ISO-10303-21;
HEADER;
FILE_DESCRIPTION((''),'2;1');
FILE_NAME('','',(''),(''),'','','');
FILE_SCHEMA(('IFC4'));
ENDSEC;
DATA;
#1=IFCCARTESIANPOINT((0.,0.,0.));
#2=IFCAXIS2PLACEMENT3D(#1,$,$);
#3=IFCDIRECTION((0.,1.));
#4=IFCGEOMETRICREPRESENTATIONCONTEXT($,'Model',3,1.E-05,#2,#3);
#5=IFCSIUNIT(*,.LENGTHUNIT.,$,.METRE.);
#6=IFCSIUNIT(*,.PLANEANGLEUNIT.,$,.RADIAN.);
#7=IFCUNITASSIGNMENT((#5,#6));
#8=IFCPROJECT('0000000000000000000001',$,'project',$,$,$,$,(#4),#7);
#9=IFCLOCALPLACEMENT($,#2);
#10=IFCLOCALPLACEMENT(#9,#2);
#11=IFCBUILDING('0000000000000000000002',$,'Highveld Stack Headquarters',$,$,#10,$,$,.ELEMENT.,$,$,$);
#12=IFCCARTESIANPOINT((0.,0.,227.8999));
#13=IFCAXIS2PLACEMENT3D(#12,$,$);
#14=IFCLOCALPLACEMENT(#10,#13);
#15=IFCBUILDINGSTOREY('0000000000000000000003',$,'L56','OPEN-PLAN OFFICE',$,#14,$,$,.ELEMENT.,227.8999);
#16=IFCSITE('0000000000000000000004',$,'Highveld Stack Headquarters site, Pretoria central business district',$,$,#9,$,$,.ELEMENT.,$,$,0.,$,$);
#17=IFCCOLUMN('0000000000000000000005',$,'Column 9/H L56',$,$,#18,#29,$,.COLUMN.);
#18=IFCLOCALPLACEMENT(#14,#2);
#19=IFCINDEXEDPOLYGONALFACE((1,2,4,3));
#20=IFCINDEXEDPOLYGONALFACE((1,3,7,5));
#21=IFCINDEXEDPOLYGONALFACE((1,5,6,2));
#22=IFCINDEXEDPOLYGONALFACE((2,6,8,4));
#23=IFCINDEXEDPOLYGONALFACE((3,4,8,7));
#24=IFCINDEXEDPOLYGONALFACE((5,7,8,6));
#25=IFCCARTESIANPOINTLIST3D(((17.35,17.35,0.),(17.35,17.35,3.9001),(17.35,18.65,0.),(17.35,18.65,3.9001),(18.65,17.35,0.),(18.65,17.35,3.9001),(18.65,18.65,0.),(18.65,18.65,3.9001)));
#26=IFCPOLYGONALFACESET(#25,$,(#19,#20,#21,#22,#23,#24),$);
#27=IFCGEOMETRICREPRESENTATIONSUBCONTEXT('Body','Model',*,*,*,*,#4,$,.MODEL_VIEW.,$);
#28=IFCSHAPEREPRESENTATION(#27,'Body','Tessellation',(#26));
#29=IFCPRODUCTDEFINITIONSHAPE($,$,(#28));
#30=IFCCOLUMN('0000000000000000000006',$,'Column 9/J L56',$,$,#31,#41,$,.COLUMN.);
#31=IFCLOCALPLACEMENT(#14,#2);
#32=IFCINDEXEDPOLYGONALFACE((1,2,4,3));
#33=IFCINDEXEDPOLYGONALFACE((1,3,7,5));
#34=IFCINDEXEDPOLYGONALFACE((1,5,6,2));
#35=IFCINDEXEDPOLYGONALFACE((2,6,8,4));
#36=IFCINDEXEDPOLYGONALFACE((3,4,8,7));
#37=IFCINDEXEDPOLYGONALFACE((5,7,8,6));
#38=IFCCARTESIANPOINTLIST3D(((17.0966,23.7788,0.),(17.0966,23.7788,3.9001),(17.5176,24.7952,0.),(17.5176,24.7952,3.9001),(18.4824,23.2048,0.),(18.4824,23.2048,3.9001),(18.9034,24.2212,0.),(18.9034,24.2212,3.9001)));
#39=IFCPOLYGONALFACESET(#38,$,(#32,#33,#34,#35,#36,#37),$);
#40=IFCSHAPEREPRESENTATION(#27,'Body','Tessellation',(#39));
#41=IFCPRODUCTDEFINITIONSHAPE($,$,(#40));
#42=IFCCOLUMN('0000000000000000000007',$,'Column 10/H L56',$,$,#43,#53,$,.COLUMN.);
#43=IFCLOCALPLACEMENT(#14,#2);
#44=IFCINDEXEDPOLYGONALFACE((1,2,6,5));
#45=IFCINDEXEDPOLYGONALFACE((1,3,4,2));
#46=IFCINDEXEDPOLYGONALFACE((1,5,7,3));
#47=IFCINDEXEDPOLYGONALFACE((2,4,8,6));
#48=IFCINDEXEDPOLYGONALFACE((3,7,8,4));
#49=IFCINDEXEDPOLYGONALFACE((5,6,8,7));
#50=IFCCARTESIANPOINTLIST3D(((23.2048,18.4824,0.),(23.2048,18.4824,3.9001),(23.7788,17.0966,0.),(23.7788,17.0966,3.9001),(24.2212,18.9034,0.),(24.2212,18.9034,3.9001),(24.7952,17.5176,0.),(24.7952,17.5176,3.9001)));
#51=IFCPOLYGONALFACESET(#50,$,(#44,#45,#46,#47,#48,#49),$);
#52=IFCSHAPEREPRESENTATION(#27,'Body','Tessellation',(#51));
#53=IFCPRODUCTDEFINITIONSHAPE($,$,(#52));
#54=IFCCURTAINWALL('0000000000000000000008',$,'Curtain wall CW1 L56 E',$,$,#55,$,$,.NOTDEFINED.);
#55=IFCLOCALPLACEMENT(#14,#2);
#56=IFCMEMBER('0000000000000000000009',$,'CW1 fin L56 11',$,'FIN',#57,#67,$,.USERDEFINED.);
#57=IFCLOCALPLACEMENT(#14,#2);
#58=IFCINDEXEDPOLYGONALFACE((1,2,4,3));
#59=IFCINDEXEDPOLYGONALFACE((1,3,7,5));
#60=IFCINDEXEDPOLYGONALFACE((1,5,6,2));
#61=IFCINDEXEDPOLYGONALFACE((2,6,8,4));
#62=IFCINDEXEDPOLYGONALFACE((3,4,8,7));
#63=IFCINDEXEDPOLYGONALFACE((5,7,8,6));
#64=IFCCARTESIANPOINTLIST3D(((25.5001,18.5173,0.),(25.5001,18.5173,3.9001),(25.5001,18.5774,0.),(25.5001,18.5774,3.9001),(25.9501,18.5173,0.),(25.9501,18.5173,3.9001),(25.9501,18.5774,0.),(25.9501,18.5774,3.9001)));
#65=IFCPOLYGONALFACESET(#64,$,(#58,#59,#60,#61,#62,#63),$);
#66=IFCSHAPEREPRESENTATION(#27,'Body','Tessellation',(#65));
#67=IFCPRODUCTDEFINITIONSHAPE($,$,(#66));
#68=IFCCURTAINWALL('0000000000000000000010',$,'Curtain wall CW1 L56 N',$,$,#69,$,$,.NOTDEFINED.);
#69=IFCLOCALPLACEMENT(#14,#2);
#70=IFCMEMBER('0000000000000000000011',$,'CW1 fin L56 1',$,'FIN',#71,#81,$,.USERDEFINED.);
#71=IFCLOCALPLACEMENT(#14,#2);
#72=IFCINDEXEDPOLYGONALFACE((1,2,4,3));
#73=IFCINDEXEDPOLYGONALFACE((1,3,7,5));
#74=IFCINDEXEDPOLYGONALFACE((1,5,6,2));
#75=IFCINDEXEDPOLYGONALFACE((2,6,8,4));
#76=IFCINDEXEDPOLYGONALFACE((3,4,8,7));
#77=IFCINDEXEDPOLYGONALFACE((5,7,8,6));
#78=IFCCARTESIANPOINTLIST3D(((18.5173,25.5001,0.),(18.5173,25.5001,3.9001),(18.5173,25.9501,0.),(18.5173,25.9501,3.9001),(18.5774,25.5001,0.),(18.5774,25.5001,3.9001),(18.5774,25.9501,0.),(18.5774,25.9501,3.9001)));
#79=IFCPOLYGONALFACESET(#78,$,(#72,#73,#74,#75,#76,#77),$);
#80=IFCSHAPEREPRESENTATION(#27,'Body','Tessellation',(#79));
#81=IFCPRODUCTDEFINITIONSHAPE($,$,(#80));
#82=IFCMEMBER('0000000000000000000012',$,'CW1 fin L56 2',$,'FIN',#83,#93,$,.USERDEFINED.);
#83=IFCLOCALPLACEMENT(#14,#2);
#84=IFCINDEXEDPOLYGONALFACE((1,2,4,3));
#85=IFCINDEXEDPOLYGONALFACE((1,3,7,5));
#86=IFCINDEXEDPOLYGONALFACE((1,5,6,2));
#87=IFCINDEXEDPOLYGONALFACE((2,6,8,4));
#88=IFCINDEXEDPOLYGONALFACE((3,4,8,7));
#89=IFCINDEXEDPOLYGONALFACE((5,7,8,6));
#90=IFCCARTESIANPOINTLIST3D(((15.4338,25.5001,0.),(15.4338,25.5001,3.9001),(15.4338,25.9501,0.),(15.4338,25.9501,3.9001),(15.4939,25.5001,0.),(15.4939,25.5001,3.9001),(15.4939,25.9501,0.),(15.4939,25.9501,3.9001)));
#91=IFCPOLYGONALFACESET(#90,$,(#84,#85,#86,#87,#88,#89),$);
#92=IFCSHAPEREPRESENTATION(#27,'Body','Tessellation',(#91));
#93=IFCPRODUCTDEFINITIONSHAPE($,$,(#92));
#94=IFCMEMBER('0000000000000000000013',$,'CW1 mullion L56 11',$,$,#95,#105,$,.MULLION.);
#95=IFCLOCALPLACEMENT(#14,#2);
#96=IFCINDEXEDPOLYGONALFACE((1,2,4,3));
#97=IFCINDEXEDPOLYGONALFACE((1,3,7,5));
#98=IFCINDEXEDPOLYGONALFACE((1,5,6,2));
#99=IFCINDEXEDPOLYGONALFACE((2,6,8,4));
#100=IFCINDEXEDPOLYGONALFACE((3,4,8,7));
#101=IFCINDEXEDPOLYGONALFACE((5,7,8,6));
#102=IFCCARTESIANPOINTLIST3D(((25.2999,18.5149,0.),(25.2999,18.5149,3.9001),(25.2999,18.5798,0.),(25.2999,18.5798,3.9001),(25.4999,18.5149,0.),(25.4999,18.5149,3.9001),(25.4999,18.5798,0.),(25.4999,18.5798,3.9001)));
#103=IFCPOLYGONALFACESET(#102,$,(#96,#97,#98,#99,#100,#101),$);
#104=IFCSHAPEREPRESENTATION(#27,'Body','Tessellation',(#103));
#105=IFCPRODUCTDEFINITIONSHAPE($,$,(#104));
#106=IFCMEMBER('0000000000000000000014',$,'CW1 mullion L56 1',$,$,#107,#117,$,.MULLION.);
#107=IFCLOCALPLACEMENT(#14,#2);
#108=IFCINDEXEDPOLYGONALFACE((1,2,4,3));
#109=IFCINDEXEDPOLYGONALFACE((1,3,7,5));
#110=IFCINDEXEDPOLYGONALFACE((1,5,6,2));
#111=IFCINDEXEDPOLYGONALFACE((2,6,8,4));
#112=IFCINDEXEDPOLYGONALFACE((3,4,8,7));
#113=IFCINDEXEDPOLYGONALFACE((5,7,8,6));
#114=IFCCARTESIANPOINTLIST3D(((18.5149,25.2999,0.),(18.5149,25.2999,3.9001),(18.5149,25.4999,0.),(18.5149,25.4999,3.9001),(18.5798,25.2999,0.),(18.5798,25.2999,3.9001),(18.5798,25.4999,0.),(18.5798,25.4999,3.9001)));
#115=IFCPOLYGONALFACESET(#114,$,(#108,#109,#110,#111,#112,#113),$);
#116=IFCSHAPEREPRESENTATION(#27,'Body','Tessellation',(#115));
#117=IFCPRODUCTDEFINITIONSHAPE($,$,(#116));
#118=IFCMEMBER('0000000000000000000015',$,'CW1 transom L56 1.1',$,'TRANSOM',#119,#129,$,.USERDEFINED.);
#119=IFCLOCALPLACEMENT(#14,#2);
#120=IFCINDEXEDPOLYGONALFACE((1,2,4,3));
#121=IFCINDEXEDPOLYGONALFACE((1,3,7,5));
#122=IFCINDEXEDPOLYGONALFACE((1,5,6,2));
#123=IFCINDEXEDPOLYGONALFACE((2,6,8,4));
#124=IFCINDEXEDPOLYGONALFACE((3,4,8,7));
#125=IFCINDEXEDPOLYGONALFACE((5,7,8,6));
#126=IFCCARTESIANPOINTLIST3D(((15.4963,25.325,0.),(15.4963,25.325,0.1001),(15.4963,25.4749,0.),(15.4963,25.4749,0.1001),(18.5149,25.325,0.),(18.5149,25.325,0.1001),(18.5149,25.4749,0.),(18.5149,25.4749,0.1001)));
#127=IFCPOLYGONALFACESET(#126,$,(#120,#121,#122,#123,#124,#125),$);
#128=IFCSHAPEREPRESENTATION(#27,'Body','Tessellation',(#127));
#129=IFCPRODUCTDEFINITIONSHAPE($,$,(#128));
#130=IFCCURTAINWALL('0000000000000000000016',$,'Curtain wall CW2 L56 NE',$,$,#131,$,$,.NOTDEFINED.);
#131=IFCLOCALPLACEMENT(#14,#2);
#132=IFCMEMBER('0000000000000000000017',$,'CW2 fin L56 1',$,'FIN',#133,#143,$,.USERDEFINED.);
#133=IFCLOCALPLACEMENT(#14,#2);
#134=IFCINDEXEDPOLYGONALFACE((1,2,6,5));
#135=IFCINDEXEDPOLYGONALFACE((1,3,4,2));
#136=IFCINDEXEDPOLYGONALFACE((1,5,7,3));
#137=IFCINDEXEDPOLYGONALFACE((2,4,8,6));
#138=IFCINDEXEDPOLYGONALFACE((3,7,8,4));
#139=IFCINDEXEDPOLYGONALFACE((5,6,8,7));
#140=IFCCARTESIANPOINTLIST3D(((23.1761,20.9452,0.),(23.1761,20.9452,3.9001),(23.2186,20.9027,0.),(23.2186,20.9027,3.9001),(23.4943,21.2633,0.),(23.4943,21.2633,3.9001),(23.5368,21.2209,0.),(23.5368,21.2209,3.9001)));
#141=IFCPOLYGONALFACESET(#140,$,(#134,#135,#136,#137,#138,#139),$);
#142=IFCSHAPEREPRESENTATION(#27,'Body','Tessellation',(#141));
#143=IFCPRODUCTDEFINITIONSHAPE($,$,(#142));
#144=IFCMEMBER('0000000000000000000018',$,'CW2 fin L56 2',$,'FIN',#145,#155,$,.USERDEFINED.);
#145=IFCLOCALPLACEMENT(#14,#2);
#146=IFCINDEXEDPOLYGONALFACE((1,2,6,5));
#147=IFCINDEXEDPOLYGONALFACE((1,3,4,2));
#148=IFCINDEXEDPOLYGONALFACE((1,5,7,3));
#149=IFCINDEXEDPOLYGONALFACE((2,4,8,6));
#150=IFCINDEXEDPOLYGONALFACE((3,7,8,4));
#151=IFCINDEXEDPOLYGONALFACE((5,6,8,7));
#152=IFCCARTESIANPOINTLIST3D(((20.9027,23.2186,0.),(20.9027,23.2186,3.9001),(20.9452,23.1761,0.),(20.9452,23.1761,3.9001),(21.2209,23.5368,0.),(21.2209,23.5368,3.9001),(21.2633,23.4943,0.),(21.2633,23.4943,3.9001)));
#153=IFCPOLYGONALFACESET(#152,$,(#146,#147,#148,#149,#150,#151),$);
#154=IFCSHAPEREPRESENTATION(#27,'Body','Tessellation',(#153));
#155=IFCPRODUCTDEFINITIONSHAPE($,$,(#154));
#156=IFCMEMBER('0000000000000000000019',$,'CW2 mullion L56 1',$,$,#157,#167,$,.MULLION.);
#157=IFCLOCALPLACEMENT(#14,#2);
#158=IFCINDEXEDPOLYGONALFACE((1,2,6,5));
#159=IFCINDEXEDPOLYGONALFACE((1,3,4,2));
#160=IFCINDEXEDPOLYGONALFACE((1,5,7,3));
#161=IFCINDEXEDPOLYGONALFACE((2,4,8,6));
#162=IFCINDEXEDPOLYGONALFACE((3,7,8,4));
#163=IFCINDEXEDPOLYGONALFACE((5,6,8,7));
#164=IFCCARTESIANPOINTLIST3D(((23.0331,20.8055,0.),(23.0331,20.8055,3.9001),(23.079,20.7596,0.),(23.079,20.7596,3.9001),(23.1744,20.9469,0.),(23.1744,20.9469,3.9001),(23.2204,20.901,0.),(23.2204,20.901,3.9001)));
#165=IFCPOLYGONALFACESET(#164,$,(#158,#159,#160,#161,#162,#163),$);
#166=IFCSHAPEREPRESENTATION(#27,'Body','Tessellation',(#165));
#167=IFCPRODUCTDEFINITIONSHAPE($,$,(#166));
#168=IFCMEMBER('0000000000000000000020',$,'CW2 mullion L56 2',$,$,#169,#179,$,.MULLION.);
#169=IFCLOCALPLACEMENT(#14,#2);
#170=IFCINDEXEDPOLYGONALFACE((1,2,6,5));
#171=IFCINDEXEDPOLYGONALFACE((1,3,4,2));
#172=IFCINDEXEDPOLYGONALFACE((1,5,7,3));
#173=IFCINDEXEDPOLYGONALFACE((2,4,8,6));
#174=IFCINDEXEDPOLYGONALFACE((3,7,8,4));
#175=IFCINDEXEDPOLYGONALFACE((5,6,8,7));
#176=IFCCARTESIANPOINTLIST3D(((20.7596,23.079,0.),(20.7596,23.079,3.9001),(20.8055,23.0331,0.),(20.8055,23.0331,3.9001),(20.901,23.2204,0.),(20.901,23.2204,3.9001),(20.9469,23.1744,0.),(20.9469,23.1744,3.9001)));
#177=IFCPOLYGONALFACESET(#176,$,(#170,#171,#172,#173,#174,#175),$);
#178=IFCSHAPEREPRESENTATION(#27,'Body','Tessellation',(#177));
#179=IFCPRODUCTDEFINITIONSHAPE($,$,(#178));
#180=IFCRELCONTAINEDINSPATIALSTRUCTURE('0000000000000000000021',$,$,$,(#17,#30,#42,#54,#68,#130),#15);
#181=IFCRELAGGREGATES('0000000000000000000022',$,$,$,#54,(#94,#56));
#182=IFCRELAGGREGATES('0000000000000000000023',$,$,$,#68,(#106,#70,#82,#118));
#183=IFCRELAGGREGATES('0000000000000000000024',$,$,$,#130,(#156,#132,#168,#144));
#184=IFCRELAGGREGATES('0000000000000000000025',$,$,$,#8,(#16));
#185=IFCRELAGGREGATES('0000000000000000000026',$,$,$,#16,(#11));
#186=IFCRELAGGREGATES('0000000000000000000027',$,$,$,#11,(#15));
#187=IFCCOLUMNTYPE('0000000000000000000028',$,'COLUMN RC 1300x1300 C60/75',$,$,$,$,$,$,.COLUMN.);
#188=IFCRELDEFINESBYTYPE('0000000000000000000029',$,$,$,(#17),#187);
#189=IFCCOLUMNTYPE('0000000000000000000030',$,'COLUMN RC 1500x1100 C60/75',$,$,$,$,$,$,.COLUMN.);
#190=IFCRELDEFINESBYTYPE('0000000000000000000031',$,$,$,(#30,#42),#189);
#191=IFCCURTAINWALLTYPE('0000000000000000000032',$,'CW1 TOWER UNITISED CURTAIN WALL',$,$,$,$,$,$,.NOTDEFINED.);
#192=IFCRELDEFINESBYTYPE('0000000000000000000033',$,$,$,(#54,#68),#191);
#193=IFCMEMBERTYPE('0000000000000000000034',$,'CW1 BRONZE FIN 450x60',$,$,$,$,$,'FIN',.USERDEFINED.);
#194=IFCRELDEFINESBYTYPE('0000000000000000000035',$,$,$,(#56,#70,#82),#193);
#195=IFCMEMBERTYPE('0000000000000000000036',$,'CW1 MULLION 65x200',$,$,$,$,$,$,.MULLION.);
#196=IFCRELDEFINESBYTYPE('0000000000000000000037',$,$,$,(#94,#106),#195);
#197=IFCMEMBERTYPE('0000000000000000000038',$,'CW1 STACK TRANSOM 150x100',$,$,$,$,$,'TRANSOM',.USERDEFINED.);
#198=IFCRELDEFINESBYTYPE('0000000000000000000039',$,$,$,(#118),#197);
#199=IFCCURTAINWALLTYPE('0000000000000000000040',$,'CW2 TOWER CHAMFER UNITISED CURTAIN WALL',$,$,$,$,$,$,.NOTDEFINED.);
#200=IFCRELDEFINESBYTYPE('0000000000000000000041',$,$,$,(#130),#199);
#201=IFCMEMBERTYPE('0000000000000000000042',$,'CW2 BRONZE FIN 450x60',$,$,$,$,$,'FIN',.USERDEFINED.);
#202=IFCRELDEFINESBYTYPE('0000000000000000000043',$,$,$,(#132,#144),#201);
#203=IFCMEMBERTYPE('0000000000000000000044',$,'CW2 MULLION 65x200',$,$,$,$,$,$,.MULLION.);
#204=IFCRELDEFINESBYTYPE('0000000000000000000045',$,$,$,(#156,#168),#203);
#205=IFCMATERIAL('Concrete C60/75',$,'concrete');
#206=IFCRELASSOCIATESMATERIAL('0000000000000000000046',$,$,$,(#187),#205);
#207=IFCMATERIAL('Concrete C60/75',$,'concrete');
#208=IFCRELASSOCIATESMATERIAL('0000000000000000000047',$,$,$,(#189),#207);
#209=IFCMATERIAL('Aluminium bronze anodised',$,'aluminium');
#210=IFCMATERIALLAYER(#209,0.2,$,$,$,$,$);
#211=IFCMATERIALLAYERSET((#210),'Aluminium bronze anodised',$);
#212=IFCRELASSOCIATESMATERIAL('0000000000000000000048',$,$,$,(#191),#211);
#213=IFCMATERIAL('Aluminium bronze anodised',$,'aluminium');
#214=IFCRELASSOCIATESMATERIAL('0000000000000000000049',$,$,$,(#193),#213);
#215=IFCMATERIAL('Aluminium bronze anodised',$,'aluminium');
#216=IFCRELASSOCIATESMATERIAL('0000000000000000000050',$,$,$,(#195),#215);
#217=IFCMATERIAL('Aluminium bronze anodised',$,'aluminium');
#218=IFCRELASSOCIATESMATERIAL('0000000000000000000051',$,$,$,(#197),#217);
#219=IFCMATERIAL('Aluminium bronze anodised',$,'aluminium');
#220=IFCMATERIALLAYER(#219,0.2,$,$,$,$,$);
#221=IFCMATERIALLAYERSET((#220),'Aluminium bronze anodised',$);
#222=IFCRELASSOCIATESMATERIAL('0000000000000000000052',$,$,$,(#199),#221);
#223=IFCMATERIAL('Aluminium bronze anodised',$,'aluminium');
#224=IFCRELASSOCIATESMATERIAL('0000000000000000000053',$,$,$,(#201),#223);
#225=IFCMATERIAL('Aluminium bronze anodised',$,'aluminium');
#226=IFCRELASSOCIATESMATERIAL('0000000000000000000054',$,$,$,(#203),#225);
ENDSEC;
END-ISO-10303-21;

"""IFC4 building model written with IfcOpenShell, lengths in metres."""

from ifc_helpers import new_model, si_unit, direction, frame, origin, origin_2d, place, context, subcontext, project, spatial, rectangle, extrude, material, layer, layer_set, material_profile, profile_set, type_object, element, aggregate, save


model = new_model("IFC4")

# Units and contexts
model_context = context("Model", 3, precision=1e-05, world=origin(), true_north=direction((0.0, 1.0)))
body_context = subcontext(model_context, "Body", "Model", "MODEL_VIEW")
ifc_project = project(units=[si_unit("LENGTHUNIT", "METRE"), si_unit("PLANEANGLEUNIT", "RADIAN")], contexts=[model_context])

# Site, building, storey
site_placement = place(None, origin())
site = spatial("IfcSite", under=ifc_project, at=site_placement, Name="Highveld Stack Headquarters site, Pretoria central business district", CompositionType="ELEMENT", RefElevation=0.0)
building_placement = place(site_placement, origin())
building = spatial("IfcBuilding", under=site, at=building_placement, Name="Highveld Stack Headquarters", CompositionType="ELEMENT")
storey_placement = place(building_placement, frame((0.0, 0.0, 227.8999)))
storey = spatial("IfcBuildingStorey", under=building, at=storey_placement, Name="L56", Description="OPEN-PLAN OFFICE", CompositionType="ELEMENT", Elevation=227.8999)

# Columns
ifc_material_1 = material(Name="Concrete C60/75", Category="concrete")
ifc_material_profile_1 = material_profile(ifc_material_1, rectangle(XDim=1.3, YDim=1.3, at=origin_2d()), Name="RC 1300x1300")
ifc_profile_set_1 = profile_set([ifc_material_profile_1], Name="Concrete C60/75")
column_type_1 = type_object("IfcColumnType", Name="COLUMN RC 1300x1300 C60/75", PredefinedType="COLUMN", material=ifc_profile_set_1)
column_placement = place(storey_placement, frame((18.0, 18.0, 0.0), z_axis=(0.0, 0.0, 1.0), x_axis=(1.0, 0.0, 0.0)))
element("IfcColumn", 1, at=column_placement, inside=storey, type_object=column_type_1, Name="Column 9/H L56", PredefinedType="COLUMN", context=body_context, shape_type="SweptSolid", body=[
    extrude(rectangle(XDim=1.3, YDim=1.3, at=origin_2d()), origin(), (0.0, 0.0, 1.0), 3.9001),
])
ifc_material_2 = material(Name="Concrete C60/75", Category="concrete")
ifc_material_profile_2 = material_profile(ifc_material_2, rectangle(XDim=1.5, YDim=1.1001, at=origin_2d()), Name="RC 1500x1100")
ifc_profile_set_2 = profile_set([ifc_material_profile_2], Name="Concrete C60/75")
column_type_2 = type_object("IfcColumnType", Name="COLUMN RC 1500x1100 C60/75", PredefinedType="COLUMN", material=ifc_profile_set_2)
for number, where, z_axis, x_axis, name in (
    (2, (18.0, 24.0, 0.0), (0.0, 0.0, 1.0), (0.92388, -0.382683, 0.0), "Column 9/J L56"),
    (3, (24.0, 18.0, 0.0), (0.0, 0.0, 1.0), (0.382683, -0.92388, 0.0), "Column 10/H L56"),
):
    element("IfcColumn", number, at=place(storey_placement, frame(where, z_axis=z_axis, x_axis=x_axis)), inside=storey, type_object=column_type_2, Name=name, PredefinedType="COLUMN", context=body_context, shape_type="SweptSolid", body=[
        extrude(rectangle(XDim=1.5, YDim=1.1001, at=origin_2d()), origin(), (0.0, 0.0, 1.0), 3.9001),
    ])

# Curtain wall, member
ifc_material_3 = material(Name="Aluminium bronze anodised", Category="aluminium")
ifc_layer_1 = layer(ifc_material_3, 0.2)
ifc_layer_set_1 = layer_set([ifc_layer_1], Name="Aluminium bronze anodised")
curtain_wall_type_1 = type_object("IfcCurtainWallType", Name="CW1 TOWER UNITISED CURTAIN WALL", PredefinedType="NOTDEFINED", material=ifc_layer_set_1)
curtain_wall_1_placement = place(storey_placement, origin())
curtain_wall_1 = element("IfcCurtainWall", 4, at=curtain_wall_1_placement, inside=storey, type_object=curtain_wall_type_1, Name="Curtain wall CW1 L56 E", PredefinedType="NOTDEFINED")
ifc_material_4 = material(Name="Aluminium bronze anodised", Category="aluminium")
ifc_material_profile_3 = material_profile(ifc_material_4, rectangle(XDim=0.45, YDim=0.0601, at=origin_2d()), Name="FIN 450x60")
ifc_profile_set_3 = profile_set([ifc_material_profile_3], Name="Aluminium bronze anodised")
member_type_1 = type_object("IfcMemberType", Name="CW1 BRONZE FIN 450x60", ElementType="FIN", PredefinedType="USERDEFINED", material=ifc_profile_set_3)
member_1_placement = place(storey_placement, frame((25.7251, 18.5474, 0.0), z_axis=(0.0, 0.0, 1.0), x_axis=(-1.0, 0.0, 0.0)))
member_1 = element("IfcMember", 5, at=member_1_placement, type_object=member_type_1, Name="CW1 fin L56 11", ObjectType="FIN", PredefinedType="USERDEFINED", context=body_context, shape_type="SweptSolid", body=[
    extrude(rectangle(XDim=0.45, YDim=0.0601, at=origin_2d()), origin(), (0.0, 0.0, 1.0), 3.9001),
])

# Curtain wall, members
curtain_wall_2_placement = place(storey_placement, origin())
curtain_wall_2 = element("IfcCurtainWall", 6, at=curtain_wall_2_placement, inside=storey, type_object=curtain_wall_type_1, Name="Curtain wall CW1 L56 N", PredefinedType="NOTDEFINED")
member_2_placement = place(storey_placement, frame((18.5474, 25.7251, 0.0), z_axis=(0.0, 0.0, 1.0), x_axis=(0.0, -1.0, 0.0)))
member_2 = element("IfcMember", 7, at=member_2_placement, type_object=member_type_1, Name="CW1 fin L56 1", ObjectType="FIN", PredefinedType="USERDEFINED", context=body_context, shape_type="SweptSolid", body=[
    extrude(rectangle(XDim=0.45, YDim=0.0601, at=origin_2d()), origin(), (0.0, 0.0, 1.0), 3.9001),
])
member_3_placement = place(storey_placement, frame((15.4639, 25.7251, 0.0), z_axis=(0.0, 0.0, 1.0), x_axis=(0.0, -1.0, 0.0)))
member_3 = element("IfcMember", 8, at=member_3_placement, type_object=member_type_1, Name="CW1 fin L56 2", ObjectType="FIN", PredefinedType="USERDEFINED", context=body_context, shape_type="SweptSolid", body=[
    extrude(rectangle(XDim=0.45, YDim=0.0601, at=origin_2d()), origin(), (0.0, 0.0, 1.0), 3.9001),
])

# Members
ifc_material_5 = material(Name="Aluminium bronze anodised", Category="aluminium")
ifc_material_profile_4 = material_profile(ifc_material_5, rectangle(XDim=0.2, YDim=0.0649, at=origin_2d()), Name="CW1 MULLION 65x200")
ifc_profile_set_4 = profile_set([ifc_material_profile_4], Name="Aluminium bronze anodised")
member_type_2 = type_object("IfcMemberType", Name="CW1 MULLION 65x200", PredefinedType="MULLION", material=ifc_profile_set_4)
member_4_placement = place(storey_placement, frame((25.3999, 18.5474, 0.0), z_axis=(0.0, 0.0, 1.0), x_axis=(-1.0, 0.0, 0.0)))
member_4 = element("IfcMember", 9, at=member_4_placement, type_object=member_type_2, Name="CW1 mullion L56 11", PredefinedType="MULLION", context=body_context, shape_type="SweptSolid", body=[
    extrude(rectangle(XDim=0.2, YDim=0.0649, at=origin_2d()), origin(), (0.0, 0.0, 1.0), 3.9001),
])
member_5_placement = place(storey_placement, frame((18.5474, 25.3999, 0.0), z_axis=(0.0, 0.0, 1.0), x_axis=(0.0, -1.0, 0.0)))
member_5 = element("IfcMember", 10, at=member_5_placement, type_object=member_type_2, Name="CW1 mullion L56 1", PredefinedType="MULLION", context=body_context, shape_type="SweptSolid", body=[
    extrude(rectangle(XDim=0.2, YDim=0.0649, at=origin_2d()), origin(), (0.0, 0.0, 1.0), 3.9001),
])
ifc_material_6 = material(Name="Aluminium bronze anodised", Category="aluminium")
ifc_material_profile_5 = material_profile(ifc_material_6, rectangle(XDim=0.1499, YDim=0.1001, at=origin_2d()), Name="CW1 TRANSOM 150x100")
ifc_profile_set_5 = profile_set([ifc_material_profile_5], Name="Aluminium bronze anodised")
member_type_3 = type_object("IfcMemberType", Name="CW1 STACK TRANSOM 150x100", ElementType="TRANSOM", PredefinedType="USERDEFINED", material=ifc_profile_set_5)
member_6_placement = place(storey_placement, frame((18.5149, 25.3999, 0.05), z_axis=(-1.0, 0.0, 0.0), x_axis=(0.0, -1.0, 0.0)))
member_6 = element("IfcMember", 11, at=member_6_placement, type_object=member_type_3, Name="CW1 transom L56 1.1", ObjectType="TRANSOM", PredefinedType="USERDEFINED", context=body_context, shape_type="SweptSolid", body=[
    extrude(rectangle(XDim=0.1499, YDim=0.1001, at=origin_2d()), origin(), (0.0, 0.0, 1.0), 3.0186),
])

# Curtain wall, members
ifc_material_7 = material(Name="Aluminium bronze anodised", Category="aluminium")
ifc_layer_2 = layer(ifc_material_7, 0.2)
ifc_layer_set_2 = layer_set([ifc_layer_2], Name="Aluminium bronze anodised")
curtain_wall_type_2 = type_object("IfcCurtainWallType", Name="CW2 TOWER CHAMFER UNITISED CURTAIN WALL", PredefinedType="NOTDEFINED", material=ifc_layer_set_2)
curtain_wall_3_placement = place(storey_placement, origin())
curtain_wall_3 = element("IfcCurtainWall", 12, at=curtain_wall_3_placement, inside=storey, type_object=curtain_wall_type_2, Name="Curtain wall CW2 L56 NE", PredefinedType="NOTDEFINED")
ifc_material_8 = material(Name="Aluminium bronze anodised", Category="aluminium")
ifc_material_profile_6 = material_profile(ifc_material_8, rectangle(XDim=0.45, YDim=0.0601, at=origin_2d()), Name="FIN 450x60")
ifc_profile_set_6 = profile_set([ifc_material_profile_6], Name="Aluminium bronze anodised")
member_type_4 = type_object("IfcMemberType", Name="CW2 BRONZE FIN 450x60", ElementType="FIN", PredefinedType="USERDEFINED", material=ifc_profile_set_6)
member_7_placement = place(storey_placement, frame((23.3564, 21.083, 0.0), z_axis=(0.0, 0.0, 1.0), x_axis=(-0.707107, -0.707107, 0.0)))
member_7 = element("IfcMember", 13, at=member_7_placement, type_object=member_type_4, Name="CW2 fin L56 1", ObjectType="FIN", PredefinedType="USERDEFINED", context=body_context, shape_type="SweptSolid", body=[
    extrude(rectangle(XDim=0.45, YDim=0.0601, at=origin_2d()), origin(), (0.0, 0.0, 1.0), 3.9001),
])
member_8_placement = place(storey_placement, frame((21.083, 23.3564, 0.0), z_axis=(0.0, 0.0, 1.0), x_axis=(-0.707107, -0.707107, 0.0)))
member_8 = element("IfcMember", 14, at=member_8_placement, type_object=member_type_4, Name="CW2 fin L56 2", ObjectType="FIN", PredefinedType="USERDEFINED", context=body_context, shape_type="SweptSolid", body=[
    extrude(rectangle(XDim=0.45, YDim=0.0601, at=origin_2d()), origin(), (0.0, 0.0, 1.0), 3.9001),
])
ifc_material_9 = material(Name="Aluminium bronze anodised", Category="aluminium")
ifc_material_profile_7 = material_profile(ifc_material_9, rectangle(XDim=0.2, YDim=0.0649, at=origin_2d()), Name="CW2 MULLION 65x200")
ifc_profile_set_7 = profile_set([ifc_material_profile_7], Name="Aluminium bronze anodised")
member_type_5 = type_object("IfcMemberType", Name="CW2 MULLION 65x200", PredefinedType="MULLION", material=ifc_profile_set_7)
member_9_placement = place(storey_placement, frame((23.1267, 20.8533, 0.0), z_axis=(0.0, 0.0, 1.0), x_axis=(-0.707107, -0.707107, 0.0)))
member_9 = element("IfcMember", 15, at=member_9_placement, type_object=member_type_5, Name="CW2 mullion L56 1", PredefinedType="MULLION", context=body_context, shape_type="SweptSolid", body=[
    extrude(rectangle(XDim=0.2, YDim=0.0649, at=origin_2d()), origin(), (0.0, 0.0, 1.0), 3.9001),
])
member_10_placement = place(storey_placement, frame((20.8533, 23.1267, 0.0), z_axis=(0.0, 0.0, 1.0), x_axis=(-0.707107, -0.707107, 0.0)))
member_10 = element("IfcMember", 16, at=member_10_placement, type_object=member_type_5, Name="CW2 mullion L56 2", PredefinedType="MULLION", context=body_context, shape_type="SweptSolid", body=[
    extrude(rectangle(XDim=0.2, YDim=0.0649, at=origin_2d()), origin(), (0.0, 0.0, 1.0), 3.9001),
])

aggregate(curtain_wall_1, [member_4, member_1])
aggregate(curtain_wall_2, [member_5, member_2, member_3, member_6])
aggregate(curtain_wall_3, [member_9, member_7, member_10, member_8])

save(model, "model.ifc")
